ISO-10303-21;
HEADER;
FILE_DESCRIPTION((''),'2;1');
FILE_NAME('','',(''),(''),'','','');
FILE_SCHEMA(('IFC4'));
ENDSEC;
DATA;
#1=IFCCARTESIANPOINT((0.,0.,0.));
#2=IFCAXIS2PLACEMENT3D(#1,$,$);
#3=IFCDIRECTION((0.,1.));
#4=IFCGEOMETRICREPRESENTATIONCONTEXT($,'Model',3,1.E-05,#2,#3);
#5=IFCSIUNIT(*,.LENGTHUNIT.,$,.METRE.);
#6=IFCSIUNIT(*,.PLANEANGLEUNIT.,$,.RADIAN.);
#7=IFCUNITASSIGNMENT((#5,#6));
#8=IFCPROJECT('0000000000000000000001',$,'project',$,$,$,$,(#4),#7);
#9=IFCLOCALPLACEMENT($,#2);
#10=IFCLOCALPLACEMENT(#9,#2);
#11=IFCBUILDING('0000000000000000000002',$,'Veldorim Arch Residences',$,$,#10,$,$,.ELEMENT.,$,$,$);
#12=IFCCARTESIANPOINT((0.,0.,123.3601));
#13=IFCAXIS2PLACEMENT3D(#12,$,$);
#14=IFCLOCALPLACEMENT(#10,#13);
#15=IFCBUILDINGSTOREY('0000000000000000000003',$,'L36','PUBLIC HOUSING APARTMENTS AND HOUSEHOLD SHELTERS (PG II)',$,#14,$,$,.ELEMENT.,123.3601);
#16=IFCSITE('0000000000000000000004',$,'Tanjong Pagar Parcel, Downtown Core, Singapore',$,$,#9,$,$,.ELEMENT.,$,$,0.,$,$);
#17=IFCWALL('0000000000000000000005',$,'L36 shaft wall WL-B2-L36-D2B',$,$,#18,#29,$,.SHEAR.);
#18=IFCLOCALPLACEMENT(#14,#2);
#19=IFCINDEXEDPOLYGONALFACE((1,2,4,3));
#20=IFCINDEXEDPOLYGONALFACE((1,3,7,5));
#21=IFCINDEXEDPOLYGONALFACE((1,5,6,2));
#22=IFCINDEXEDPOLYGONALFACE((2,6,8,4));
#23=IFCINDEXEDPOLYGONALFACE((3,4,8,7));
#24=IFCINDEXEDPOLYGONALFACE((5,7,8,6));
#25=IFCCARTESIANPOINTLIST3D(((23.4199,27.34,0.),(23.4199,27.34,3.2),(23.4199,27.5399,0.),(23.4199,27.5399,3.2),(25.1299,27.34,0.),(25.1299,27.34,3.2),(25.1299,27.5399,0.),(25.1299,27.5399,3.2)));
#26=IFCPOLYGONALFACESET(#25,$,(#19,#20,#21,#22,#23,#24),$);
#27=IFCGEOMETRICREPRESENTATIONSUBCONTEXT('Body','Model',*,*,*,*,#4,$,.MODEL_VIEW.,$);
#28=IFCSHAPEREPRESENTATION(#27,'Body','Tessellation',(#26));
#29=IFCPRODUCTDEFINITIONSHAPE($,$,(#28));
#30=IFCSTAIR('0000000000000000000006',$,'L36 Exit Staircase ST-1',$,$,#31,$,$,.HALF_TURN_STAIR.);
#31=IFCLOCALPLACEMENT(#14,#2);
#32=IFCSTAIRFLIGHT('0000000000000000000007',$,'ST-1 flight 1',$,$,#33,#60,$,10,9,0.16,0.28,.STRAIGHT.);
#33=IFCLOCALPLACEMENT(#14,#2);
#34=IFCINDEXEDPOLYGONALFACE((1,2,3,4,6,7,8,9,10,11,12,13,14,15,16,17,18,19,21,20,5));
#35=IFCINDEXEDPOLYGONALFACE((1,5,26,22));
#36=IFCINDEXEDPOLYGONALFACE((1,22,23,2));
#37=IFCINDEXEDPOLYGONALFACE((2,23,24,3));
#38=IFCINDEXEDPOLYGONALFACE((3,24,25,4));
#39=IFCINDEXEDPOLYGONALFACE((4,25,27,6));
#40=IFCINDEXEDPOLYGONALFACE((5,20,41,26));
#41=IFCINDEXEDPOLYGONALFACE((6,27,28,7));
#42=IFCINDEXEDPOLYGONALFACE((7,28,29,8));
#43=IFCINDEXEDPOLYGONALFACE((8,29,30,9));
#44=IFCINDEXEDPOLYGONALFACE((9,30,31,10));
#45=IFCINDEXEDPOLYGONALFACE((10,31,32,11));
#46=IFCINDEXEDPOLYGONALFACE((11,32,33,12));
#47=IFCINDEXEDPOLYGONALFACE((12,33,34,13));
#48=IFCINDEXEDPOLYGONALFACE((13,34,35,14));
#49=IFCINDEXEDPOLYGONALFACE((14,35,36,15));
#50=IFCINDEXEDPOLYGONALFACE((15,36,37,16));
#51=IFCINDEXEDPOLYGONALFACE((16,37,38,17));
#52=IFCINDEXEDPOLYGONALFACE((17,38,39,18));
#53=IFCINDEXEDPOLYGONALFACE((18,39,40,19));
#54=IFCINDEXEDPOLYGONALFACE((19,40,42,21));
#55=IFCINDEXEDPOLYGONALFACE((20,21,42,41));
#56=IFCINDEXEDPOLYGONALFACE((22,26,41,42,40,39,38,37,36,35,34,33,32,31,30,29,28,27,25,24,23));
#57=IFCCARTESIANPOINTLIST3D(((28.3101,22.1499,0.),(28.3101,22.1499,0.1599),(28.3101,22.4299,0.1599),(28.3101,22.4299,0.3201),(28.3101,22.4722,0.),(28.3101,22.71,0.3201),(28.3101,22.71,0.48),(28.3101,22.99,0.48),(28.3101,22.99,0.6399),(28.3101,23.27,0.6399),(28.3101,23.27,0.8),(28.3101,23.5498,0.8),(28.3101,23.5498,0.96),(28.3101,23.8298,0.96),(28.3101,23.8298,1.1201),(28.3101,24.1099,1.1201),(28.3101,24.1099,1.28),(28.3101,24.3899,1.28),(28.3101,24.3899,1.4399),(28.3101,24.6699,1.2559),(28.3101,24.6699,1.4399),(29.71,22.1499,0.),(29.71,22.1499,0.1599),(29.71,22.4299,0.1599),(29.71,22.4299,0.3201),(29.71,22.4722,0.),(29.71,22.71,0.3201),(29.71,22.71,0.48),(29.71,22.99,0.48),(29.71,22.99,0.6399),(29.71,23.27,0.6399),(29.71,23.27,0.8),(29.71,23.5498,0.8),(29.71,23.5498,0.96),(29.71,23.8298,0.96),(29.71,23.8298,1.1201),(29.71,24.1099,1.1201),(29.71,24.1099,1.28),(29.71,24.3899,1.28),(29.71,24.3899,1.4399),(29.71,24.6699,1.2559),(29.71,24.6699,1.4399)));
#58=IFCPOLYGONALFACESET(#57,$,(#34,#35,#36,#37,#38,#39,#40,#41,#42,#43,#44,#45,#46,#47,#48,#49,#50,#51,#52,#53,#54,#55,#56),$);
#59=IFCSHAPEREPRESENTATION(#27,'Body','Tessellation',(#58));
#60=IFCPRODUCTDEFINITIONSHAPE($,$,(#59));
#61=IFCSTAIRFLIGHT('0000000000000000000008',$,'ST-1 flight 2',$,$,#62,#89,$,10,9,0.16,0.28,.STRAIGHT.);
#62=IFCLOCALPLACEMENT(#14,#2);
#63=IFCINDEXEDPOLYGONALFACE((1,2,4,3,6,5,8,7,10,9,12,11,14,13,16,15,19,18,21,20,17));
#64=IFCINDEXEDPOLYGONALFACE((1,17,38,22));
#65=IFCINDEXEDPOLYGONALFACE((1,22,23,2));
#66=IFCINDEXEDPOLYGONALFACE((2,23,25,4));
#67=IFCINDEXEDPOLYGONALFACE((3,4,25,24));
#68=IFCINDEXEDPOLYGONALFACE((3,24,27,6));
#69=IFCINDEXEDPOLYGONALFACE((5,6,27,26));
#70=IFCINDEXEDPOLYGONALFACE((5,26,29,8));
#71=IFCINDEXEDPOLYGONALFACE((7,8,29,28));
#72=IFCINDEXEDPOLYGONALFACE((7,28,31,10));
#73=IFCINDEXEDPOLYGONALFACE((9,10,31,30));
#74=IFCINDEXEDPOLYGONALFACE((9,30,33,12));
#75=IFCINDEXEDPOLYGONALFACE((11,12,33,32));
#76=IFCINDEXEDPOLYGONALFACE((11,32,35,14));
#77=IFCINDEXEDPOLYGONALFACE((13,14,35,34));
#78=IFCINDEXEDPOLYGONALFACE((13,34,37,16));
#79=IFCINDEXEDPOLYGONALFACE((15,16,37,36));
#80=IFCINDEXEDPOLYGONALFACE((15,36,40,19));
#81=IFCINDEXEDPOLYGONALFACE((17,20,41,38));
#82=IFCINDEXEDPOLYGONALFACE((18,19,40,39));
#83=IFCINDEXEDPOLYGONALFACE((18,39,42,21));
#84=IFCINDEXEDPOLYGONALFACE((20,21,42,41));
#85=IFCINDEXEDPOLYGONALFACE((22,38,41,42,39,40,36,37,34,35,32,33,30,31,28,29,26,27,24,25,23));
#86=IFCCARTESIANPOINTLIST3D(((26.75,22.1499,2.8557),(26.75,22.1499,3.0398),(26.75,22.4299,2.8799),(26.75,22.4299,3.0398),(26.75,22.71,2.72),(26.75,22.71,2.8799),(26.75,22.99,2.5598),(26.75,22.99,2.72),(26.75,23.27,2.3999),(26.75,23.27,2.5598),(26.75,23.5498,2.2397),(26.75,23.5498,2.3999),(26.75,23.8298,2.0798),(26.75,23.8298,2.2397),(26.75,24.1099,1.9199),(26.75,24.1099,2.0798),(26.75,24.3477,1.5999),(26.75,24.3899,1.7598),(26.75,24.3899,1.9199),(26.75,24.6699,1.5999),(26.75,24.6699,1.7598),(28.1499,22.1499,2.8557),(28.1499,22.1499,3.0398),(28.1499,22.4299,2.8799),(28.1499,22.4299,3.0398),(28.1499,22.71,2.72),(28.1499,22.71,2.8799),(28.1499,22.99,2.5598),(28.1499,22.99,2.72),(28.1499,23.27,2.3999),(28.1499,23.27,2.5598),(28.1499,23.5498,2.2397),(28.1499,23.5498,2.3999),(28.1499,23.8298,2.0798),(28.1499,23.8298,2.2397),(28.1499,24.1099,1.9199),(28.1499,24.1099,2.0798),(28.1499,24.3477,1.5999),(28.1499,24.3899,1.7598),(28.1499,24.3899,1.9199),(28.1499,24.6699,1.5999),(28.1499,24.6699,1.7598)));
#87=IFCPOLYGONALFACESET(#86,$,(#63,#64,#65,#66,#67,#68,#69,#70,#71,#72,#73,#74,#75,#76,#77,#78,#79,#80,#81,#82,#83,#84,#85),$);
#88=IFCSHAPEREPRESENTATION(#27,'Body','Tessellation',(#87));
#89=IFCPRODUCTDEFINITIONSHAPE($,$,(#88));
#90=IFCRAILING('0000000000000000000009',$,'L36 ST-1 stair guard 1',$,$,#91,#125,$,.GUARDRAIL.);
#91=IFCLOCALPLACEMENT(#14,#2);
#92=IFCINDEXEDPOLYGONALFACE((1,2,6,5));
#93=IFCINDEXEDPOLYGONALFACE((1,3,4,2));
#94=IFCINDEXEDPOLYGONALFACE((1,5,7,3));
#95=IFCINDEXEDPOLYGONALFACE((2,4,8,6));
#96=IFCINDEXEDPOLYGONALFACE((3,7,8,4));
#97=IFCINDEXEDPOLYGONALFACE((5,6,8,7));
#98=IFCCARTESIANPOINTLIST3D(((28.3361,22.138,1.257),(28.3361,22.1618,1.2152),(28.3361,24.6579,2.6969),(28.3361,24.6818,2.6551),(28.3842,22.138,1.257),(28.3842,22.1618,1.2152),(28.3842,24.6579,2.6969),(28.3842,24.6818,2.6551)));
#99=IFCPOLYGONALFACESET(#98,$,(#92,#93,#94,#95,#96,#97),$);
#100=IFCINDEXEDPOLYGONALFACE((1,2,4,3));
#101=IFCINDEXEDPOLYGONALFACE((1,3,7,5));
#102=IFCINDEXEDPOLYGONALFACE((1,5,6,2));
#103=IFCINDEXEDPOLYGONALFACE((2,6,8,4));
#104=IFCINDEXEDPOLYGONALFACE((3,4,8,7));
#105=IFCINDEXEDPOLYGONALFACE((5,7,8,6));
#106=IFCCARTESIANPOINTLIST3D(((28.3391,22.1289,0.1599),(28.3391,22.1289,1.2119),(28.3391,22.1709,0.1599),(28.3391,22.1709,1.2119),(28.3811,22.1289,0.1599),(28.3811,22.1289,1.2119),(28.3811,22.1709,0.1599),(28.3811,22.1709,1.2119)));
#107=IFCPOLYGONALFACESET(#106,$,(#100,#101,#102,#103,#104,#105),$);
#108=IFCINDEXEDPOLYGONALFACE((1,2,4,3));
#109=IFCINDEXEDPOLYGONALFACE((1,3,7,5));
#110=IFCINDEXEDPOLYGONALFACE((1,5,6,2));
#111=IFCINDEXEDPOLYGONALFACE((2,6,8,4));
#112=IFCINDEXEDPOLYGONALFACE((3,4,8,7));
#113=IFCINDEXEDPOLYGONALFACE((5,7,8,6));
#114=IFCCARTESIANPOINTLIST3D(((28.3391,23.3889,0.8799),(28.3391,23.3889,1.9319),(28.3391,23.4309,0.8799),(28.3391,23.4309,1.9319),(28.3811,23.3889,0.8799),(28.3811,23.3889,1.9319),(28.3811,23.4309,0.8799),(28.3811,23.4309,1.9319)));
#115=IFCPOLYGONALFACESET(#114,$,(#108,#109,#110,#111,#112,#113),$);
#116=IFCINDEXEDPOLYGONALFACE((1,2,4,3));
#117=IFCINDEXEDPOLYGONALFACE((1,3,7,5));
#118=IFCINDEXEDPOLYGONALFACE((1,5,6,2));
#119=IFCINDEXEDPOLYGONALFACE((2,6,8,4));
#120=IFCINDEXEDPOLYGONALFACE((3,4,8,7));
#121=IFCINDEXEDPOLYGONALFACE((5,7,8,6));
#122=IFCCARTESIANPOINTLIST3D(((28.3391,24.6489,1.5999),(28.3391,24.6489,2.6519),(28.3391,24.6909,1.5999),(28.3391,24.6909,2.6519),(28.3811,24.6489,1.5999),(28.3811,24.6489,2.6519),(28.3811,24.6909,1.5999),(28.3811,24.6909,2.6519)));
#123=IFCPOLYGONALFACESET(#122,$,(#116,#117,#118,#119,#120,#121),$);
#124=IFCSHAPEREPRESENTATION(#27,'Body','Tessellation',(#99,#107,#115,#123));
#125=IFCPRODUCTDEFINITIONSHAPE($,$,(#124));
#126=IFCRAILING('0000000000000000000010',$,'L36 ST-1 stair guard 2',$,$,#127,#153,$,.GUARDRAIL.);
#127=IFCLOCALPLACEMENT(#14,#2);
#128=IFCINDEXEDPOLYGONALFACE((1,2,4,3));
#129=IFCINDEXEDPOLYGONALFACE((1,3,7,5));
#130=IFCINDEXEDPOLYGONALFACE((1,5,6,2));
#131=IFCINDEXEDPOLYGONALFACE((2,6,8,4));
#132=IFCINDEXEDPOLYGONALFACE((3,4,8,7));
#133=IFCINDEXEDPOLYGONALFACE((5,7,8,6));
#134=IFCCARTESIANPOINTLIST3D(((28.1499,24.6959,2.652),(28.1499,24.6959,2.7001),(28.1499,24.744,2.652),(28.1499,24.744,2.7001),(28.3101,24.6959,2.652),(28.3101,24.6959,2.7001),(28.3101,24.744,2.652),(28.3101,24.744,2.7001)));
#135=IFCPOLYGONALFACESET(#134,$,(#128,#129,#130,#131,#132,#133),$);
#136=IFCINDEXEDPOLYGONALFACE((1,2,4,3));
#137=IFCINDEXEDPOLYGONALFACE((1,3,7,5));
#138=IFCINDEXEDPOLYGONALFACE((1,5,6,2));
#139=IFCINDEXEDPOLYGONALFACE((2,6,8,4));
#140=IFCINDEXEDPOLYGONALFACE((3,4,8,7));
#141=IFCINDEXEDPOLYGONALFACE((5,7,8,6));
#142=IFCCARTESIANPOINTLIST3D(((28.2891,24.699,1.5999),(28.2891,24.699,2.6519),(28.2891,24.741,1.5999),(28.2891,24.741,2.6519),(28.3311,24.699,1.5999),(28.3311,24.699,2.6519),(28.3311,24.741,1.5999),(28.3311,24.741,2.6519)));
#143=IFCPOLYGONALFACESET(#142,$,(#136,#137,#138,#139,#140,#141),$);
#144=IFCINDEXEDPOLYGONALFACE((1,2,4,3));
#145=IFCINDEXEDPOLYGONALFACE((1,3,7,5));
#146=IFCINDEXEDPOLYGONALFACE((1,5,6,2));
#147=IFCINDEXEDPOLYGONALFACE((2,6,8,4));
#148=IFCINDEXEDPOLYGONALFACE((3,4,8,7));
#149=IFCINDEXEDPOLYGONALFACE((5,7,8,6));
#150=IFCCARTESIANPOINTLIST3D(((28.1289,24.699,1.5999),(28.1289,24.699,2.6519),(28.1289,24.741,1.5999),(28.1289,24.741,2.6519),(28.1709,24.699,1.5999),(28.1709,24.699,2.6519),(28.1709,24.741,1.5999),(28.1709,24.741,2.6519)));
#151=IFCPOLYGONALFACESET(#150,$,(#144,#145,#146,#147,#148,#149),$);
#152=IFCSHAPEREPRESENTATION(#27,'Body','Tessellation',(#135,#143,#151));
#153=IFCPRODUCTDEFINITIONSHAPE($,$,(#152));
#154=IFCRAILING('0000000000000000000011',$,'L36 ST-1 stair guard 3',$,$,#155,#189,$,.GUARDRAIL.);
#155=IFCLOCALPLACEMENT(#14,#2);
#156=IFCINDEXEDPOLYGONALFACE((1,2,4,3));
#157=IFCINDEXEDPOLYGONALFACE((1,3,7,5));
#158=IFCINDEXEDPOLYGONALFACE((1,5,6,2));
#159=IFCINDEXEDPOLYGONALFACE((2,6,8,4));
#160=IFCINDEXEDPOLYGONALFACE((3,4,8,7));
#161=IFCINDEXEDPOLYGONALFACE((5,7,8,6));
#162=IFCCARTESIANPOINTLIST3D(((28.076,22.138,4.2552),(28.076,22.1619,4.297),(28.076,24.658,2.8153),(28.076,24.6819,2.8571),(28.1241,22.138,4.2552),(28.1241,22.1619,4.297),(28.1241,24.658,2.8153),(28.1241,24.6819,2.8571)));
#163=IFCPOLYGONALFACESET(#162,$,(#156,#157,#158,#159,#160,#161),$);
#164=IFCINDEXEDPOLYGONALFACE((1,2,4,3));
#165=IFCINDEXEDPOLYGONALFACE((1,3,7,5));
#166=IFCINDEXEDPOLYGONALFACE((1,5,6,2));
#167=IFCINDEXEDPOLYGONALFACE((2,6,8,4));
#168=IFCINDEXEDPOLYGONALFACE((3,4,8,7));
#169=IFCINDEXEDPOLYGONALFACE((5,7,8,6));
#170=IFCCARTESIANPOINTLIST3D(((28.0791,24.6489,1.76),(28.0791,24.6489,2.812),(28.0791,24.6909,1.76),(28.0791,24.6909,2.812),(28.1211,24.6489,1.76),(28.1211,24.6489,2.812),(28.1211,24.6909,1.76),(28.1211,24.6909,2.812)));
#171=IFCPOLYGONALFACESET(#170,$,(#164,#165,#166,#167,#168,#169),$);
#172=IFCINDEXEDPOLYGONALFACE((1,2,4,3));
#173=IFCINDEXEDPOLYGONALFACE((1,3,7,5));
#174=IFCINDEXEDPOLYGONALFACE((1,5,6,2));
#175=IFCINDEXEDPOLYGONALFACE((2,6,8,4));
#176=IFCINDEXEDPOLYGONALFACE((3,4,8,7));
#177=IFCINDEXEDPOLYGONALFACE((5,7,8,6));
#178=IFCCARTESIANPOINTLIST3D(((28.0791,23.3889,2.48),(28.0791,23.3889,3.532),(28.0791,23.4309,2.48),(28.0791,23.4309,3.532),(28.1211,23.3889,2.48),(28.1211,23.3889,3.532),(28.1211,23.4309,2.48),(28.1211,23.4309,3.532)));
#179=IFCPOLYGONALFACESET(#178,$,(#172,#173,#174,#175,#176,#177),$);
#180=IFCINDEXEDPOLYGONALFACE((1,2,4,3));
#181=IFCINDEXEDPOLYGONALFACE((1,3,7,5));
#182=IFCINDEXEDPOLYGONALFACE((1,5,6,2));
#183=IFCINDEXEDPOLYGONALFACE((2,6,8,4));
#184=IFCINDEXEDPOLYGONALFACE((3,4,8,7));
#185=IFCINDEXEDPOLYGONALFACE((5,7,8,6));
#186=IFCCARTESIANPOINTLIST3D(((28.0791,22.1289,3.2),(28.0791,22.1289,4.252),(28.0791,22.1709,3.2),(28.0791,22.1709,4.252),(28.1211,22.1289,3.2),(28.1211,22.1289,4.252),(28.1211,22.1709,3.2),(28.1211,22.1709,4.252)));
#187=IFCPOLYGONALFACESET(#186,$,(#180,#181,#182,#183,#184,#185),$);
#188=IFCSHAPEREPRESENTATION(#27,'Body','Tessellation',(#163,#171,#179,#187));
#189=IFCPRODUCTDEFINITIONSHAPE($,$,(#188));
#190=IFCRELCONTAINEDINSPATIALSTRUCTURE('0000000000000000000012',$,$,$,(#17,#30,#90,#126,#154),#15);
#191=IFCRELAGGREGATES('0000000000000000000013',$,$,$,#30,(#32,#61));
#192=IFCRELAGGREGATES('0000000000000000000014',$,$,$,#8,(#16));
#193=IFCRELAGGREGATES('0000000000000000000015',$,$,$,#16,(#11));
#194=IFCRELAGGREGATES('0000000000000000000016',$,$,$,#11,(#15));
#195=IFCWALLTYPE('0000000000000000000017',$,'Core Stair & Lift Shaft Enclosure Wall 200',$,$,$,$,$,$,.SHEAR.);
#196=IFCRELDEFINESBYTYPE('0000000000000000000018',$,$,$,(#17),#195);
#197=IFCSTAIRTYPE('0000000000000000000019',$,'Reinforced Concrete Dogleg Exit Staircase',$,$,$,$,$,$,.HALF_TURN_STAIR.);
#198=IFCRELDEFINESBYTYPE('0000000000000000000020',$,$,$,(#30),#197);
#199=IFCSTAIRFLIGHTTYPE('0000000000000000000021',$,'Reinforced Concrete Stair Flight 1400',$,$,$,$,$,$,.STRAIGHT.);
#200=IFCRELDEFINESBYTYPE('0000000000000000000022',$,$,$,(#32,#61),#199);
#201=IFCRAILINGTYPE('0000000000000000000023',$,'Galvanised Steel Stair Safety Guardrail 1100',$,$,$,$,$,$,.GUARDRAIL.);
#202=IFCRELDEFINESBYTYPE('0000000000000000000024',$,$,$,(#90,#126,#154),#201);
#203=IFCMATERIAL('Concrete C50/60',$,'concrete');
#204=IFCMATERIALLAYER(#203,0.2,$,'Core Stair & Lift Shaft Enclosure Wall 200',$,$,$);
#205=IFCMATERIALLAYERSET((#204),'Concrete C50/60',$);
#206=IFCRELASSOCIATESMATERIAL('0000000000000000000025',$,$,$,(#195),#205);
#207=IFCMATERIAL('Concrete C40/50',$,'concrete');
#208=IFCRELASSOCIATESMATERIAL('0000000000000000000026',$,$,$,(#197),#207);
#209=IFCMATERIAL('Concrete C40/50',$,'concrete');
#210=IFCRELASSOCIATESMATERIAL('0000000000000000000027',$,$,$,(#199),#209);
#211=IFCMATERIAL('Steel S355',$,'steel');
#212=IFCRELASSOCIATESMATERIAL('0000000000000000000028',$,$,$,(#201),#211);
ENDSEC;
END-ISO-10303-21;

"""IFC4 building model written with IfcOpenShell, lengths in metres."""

from ifc_helpers import new_model, si_unit, direction, frame, frame_2d, origin, origin_2d, place, context, subcontext, project, spatial, polyline, rectangle, outline, extrude, material, layer, layer_set, type_object, element, aggregate, save


model = new_model("IFC4")

# Units and contexts
model_context = context("Model", 3, precision=1e-05, world=origin(), true_north=direction((0.0, 1.0)))
body_context = subcontext(model_context, "Body", "Model", "MODEL_VIEW")
ifc_project = project(units=[si_unit("LENGTHUNIT", "METRE"), si_unit("PLANEANGLEUNIT", "RADIAN")], contexts=[model_context])

# Site, building, storey
site_placement = place(None, origin())
site = spatial("IfcSite", under=ifc_project, at=site_placement, Name="Tanjong Pagar Parcel, Downtown Core, Singapore", CompositionType="ELEMENT", RefElevation=0.0)
building_placement = place(site_placement, origin())
building = spatial("IfcBuilding", under=site, at=building_placement, Name="Veldorim Arch Residences", CompositionType="ELEMENT")
storey_placement = place(building_placement, frame((0.0, 0.0, 123.3601)))
storey = spatial("IfcBuildingStorey", under=building, at=storey_placement, Name="L36", Description="PUBLIC HOUSING APARTMENTS AND HOUSEHOLD SHELTERS (PG II)", CompositionType="ELEMENT", Elevation=123.3601)

# Wall
ifc_material_1 = material(Name="Concrete C50/60", Category="concrete")
ifc_layer_1 = layer(ifc_material_1, 0.2, Name="Core Stair & Lift Shaft Enclosure Wall 200")
ifc_layer_set_1 = layer_set([ifc_layer_1], Name="Concrete C50/60")
wall_type_1 = type_object("IfcWallType", Name="Core Stair & Lift Shaft Enclosure Wall 200", PredefinedType="SHEAR", material=ifc_layer_set_1)
for number, where, z_axis, x_axis, name in (
    (1, (23.4199, 27.4399, 0.0), (0.0, 0.0, 1.0), (1.0, 0.0, 0.0), "L36 shaft wall WL-B2-L36-D2B"),
):
    element("IfcWall", number, at=place(storey_placement, frame(where, z_axis=z_axis, x_axis=x_axis)), inside=storey, type_object=wall_type_1, Name=name, PredefinedType="SHEAR", context=body_context, shape_type="SweptSolid", body=[
        extrude(rectangle(XDim=1.71, YDim=0.2, at=frame_2d((0.855, 0.0))), origin(), (0.0, 0.0, 1.0), 3.2),
    ])

# Stair, stair flights
ifc_material_2 = material(Name="Concrete C40/50", Category="concrete")
stair_type = type_object("IfcStairType", Name="Reinforced Concrete Dogleg Exit Staircase", PredefinedType="HALF_TURN_STAIR", material=ifc_material_2)
stair_placement = place(storey_placement, origin())
stair = element("IfcStair", 2, at=stair_placement, inside=storey, type_object=stair_type, Name="L36 Exit Staircase ST-1", PredefinedType="HALF_TURN_STAIR")
ifc_material_3 = material(Name="Concrete C40/50", Category="concrete")
stair_flight_type = type_object("IfcStairFlightType", Name="Reinforced Concrete Stair Flight 1400", PredefinedType="STRAIGHT", material=ifc_material_3)
stair_flight_1_placement = place(storey_placement, frame((29.01, 22.1499, 0.0), z_axis=(0.0, 0.0, 1.0), x_axis=(0.0, 1.0, 0.0)))
stair_flight_1 = element("IfcStairFlight", 3, at=stair_flight_1_placement, type_object=stair_flight_type, Name="ST-1 flight 1", NumberOfRisers=10, NumberOfTreads=9, PredefinedType="STRAIGHT", RiserHeight=0.16, TreadLength=0.28, context=body_context, shape_type="SweptSolid", body=[
    extrude(outline(polyline([(0.0, 0.0), (0.0, 0.1599), (0.28, 0.1599), (0.28, 0.3201), (0.5601, 0.3201), (0.5601, 0.48), (0.8401, 0.48), (0.8401, 0.6399), (1.1201, 0.6399), (1.1201, 0.8), (1.3999, 0.8), (1.3999, 0.96), (1.6799, 0.96), (1.6799, 1.1201), (1.96, 1.1201), (1.96, 1.28), (2.24, 1.28), (2.24, 1.4399), (2.52, 1.4399), (2.52, 1.6001), (2.52, 1.2559), (0.3223, 0.0), (0.0, 0.0)])), frame((0.0, 0.7, 0.0), z_axis=(0.0, -1.0, 0.0), x_axis=(1.0, 0.0, 0.0)), (0.0, 0.0, 1.0), 1.3999),
])
stair_flight_2_placement = place(storey_placement, frame((27.45, 24.6699, 1.5999), z_axis=(0.0, 0.0, 1.0), x_axis=(0.0, -1.0, 0.0)))
stair_flight_2 = element("IfcStairFlight", 4, at=stair_flight_2_placement, type_object=stair_flight_type, Name="ST-1 flight 2", NumberOfRisers=10, NumberOfTreads=9, PredefinedType="STRAIGHT", RiserHeight=0.16, TreadLength=0.28, context=body_context, shape_type="SweptSolid", body=[
    extrude(outline(polyline([(0.0, 0.0), (0.0, 0.1599), (0.28, 0.1599), (0.28, 0.3201), (0.5601, 0.3201), (0.5601, 0.48), (0.8401, 0.48), (0.8401, 0.6399), (1.1201, 0.6399), (1.1201, 0.8), (1.3999, 0.8), (1.3999, 0.96), (1.6799, 0.96), (1.6799, 1.1201), (1.96, 1.1201), (1.96, 1.28), (2.24, 1.28), (2.24, 1.4399), (2.52, 1.4399), (2.52, 1.6001), (2.52, 1.2559), (0.3223, 0.0), (0.0, 0.0)])), frame((0.0, 0.7, 0.0), z_axis=(0.0, -1.0, 0.0), x_axis=(1.0, 0.0, 0.0)), (0.0, 0.0, 1.0), 1.3999),
])
aggregate(stair, [stair_flight_1, stair_flight_2])

# Railings
ifc_material_4 = material(Name="Steel S355", Category="steel")
railing_type_1 = type_object("IfcRailingType", Name="Galvanised Steel Stair Safety Guardrail 1100", PredefinedType="GUARDRAIL", material=ifc_material_4)
railing_1_placement = place(storey_placement, frame((28.3601, 22.1499, 0.1599)))
element("IfcRailing", 5, at=railing_1_placement, inside=storey, type_object=railing_type_1, Name="L36 ST-1 stair guard 1", PredefinedType="GUARDRAIL", context=body_context, shape_type="SweptSolid", body=[
    extrude(rectangle(XDim=0.0481, YDim=0.0481, at=origin_2d()), frame((0.0, 0.0, 1.0762), z_axis=(0.0, 0.868253, 0.496121), x_axis=(-1.0, 0.0, 0.0)), (0.0, 0.0, 1.0), 2.9023),
    extrude(rectangle(XDim=0.042, YDim=0.042, at=origin_2d()), origin(), (0.0, 0.0, 1.0), 1.052),
    extrude(rectangle(XDim=0.042, YDim=0.042, at=origin_2d()), frame((0.0, 1.26, 0.72)), (0.0, 0.0, 1.0), 1.052),
    extrude(rectangle(XDim=0.042, YDim=0.042, at=origin_2d()), frame((0.0, 2.52, 1.4399)), (0.0, 0.0, 1.0), 1.052),
])
railing_2_placement = place(storey_placement, frame((28.3101, 24.72, 1.5999)))
element("IfcRailing", 6, at=railing_2_placement, inside=storey, type_object=railing_type_1, Name="L36 ST-1 stair guard 2", PredefinedType="GUARDRAIL", context=body_context, shape_type="SweptSolid", body=[
    extrude(rectangle(XDim=0.0481, YDim=0.0481, at=origin_2d()), frame((0.0, 0.0, 1.0762), z_axis=(-1.0, 0.0, 0.0), x_axis=(0.0, -1.0, 0.0)), (0.0, 0.0, 1.0), 0.1602),
    extrude(rectangle(XDim=0.042, YDim=0.042, at=origin_2d()), origin(), (0.0, 0.0, 1.0), 1.052),
    extrude(rectangle(XDim=0.042, YDim=0.042, at=origin_2d()), frame((-0.1602, 0.0, 0.0)), (0.0, 0.0, 1.0), 1.052),
])
railing_3_placement = place(storey_placement, frame((28.1001, 24.6699, 1.76)))
element("IfcRailing", 7, at=railing_3_placement, inside=storey, type_object=railing_type_1, Name="L36 ST-1 stair guard 3", PredefinedType="GUARDRAIL", context=body_context, shape_type="SweptSolid", body=[
    extrude(rectangle(XDim=0.0481, YDim=0.0481, at=origin_2d()), frame((0.0, 0.0, 1.0762), z_axis=(0.0, -0.868253, 0.496121), x_axis=(1.0, 0.0, 0.0)), (0.0, 0.0, 1.0), 2.9023),
    extrude(rectangle(XDim=0.042, YDim=0.042, at=origin_2d()), origin(), (0.0, 0.0, 1.0), 1.052),
    extrude(rectangle(XDim=0.042, YDim=0.042, at=origin_2d()), frame((0.0, -1.26, 0.72)), (0.0, 0.0, 1.0), 1.052),
    extrude(rectangle(XDim=0.042, YDim=0.042, at=origin_2d()), frame((0.0, -2.52, 1.4399)), (0.0, 0.0, 1.0), 1.052),
])

save(model, "model.ifc")
